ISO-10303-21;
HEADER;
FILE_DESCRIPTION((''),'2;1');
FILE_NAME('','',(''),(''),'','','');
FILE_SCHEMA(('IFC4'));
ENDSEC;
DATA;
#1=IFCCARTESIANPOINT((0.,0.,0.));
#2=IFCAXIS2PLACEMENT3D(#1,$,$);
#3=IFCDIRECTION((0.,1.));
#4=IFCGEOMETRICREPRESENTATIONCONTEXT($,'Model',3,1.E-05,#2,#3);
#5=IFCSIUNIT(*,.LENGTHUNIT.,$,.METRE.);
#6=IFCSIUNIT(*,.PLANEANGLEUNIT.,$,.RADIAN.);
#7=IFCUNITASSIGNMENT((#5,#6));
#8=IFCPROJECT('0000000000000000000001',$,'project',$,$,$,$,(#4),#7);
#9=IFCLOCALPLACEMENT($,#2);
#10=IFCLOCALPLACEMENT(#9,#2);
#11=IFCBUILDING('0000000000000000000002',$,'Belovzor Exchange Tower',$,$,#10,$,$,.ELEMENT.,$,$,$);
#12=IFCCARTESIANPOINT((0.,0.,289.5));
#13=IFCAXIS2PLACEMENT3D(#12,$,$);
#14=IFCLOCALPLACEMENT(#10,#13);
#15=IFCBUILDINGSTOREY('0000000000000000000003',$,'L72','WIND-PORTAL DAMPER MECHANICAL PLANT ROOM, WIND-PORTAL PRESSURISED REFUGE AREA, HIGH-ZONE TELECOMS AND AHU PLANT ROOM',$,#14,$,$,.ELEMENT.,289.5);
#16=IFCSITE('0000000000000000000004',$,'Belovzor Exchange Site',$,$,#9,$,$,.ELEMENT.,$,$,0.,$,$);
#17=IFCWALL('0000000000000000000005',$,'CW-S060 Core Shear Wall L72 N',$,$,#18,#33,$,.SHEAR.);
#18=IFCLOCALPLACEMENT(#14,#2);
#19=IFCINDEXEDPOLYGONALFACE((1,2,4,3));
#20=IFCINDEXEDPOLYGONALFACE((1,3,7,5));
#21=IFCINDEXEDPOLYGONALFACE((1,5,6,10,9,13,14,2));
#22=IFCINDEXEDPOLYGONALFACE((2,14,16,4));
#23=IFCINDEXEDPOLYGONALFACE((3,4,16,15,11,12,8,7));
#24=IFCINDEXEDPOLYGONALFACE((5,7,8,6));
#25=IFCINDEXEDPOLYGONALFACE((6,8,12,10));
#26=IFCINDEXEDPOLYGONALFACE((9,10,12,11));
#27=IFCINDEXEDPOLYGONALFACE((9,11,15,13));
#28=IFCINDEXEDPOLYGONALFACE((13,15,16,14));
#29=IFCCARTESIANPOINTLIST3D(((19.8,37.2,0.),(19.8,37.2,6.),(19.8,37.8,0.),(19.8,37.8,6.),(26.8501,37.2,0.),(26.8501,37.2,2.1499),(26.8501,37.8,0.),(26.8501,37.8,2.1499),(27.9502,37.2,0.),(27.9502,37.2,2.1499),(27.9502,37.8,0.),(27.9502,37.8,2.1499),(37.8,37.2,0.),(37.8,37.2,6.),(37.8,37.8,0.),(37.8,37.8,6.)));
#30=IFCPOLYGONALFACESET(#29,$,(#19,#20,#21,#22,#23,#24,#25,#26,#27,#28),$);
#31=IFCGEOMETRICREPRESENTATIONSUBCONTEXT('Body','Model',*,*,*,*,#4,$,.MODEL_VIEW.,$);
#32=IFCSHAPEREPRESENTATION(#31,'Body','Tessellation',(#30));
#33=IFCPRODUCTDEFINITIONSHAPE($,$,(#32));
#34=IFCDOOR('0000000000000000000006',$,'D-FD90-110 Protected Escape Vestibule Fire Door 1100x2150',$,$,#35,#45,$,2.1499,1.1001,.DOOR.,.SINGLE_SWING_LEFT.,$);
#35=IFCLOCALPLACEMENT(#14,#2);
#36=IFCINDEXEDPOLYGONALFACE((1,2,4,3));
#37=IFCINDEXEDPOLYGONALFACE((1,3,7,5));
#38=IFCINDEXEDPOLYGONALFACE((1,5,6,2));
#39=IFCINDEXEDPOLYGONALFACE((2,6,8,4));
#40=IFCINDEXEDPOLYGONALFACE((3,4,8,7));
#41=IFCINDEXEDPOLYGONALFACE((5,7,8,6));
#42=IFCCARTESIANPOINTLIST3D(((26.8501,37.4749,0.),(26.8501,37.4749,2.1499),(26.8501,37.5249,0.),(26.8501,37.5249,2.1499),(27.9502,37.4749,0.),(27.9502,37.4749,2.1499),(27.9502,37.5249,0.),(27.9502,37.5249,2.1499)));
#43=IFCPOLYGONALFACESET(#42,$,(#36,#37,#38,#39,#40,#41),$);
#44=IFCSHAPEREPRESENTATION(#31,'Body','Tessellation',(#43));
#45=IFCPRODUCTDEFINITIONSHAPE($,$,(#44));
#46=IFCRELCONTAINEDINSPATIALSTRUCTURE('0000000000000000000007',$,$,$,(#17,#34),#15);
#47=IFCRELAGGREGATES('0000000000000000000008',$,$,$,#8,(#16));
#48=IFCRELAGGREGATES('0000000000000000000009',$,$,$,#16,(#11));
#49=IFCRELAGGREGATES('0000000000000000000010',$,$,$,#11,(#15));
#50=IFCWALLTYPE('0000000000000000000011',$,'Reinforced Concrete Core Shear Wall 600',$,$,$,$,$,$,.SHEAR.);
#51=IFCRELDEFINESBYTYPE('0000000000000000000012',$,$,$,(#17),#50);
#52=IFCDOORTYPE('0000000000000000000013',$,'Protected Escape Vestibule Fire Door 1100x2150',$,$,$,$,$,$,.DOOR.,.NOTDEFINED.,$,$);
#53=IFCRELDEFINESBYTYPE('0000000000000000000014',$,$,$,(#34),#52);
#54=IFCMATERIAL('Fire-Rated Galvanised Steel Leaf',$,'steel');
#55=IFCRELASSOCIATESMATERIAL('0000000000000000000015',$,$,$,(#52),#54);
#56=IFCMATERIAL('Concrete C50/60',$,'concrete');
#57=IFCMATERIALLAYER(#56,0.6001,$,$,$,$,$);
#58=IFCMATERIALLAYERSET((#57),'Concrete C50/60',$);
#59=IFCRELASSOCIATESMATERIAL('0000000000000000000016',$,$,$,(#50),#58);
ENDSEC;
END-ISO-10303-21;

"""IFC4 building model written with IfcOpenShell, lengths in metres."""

from ifc_helpers import new_model, si_unit, direction, frame, frame_2d, origin, place, context, subcontext, project, spatial, rectangle, extrude, material, layer, layer_set, type_object, element, fill, save


model = new_model("IFC4")

# Units and contexts
model_context = context("Model", 3, precision=1e-05, world=origin(), true_north=direction((0.0, 1.0)))
body_context = subcontext(model_context, "Body", "Model", "MODEL_VIEW")
ifc_project = project(units=[si_unit("LENGTHUNIT", "METRE"), si_unit("PLANEANGLEUNIT", "RADIAN")], contexts=[model_context])

# Site, building, storey
site_placement = place(None, origin())
site = spatial("IfcSite", under=ifc_project, at=site_placement, Name="Belovzor Exchange Site", CompositionType="ELEMENT", RefElevation=0.0)
building_placement = place(site_placement, origin())
building = spatial("IfcBuilding", under=site, at=building_placement, Name="Belovzor Exchange Tower", CompositionType="ELEMENT")
storey_placement = place(building_placement, frame((0.0, 0.0, 289.5)))
storey = spatial("IfcBuildingStorey", under=building, at=storey_placement, Name="L72", Description="WIND-PORTAL DAMPER MECHANICAL PLANT ROOM, WIND-PORTAL PRESSURISED REFUGE AREA, HIGH-ZONE TELECOMS AND AHU PLANT ROOM", CompositionType="ELEMENT", Elevation=289.5)

# Wall, opening, door
ifc_material_1 = material(Name="Fire-Rated Galvanised Steel Leaf", Category="steel")
door_type = type_object("IfcDoorType", Name="Protected Escape Vestibule Fire Door 1100x2150", OperationType="NOTDEFINED", PredefinedType="DOOR", material=ifc_material_1)
ifc_material_2 = material(Name="Concrete C50/60", Category="concrete")
ifc_layer_1 = layer(ifc_material_2, 0.6001)
ifc_layer_set_1 = layer_set([ifc_layer_1], Name="Concrete C50/60")
wall_type_1 = type_object("IfcWallType", Name="Reinforced Concrete Core Shear Wall 600", PredefinedType="SHEAR", material=ifc_layer_set_1)
wall_1_placement = place(storey_placement, frame((19.8, 37.5, 0.0), z_axis=(0.0, 0.0, 1.0), x_axis=(1.0, 0.0, 0.0)))
wall_1 = element("IfcWall", 1, at=wall_1_placement, inside=storey, type_object=wall_type_1, Name="CW-S060 Core Shear Wall L72 N", PredefinedType="SHEAR", context=body_context, shape_type="SweptSolid", body=[
    extrude(rectangle(XDim=18.0, YDim=0.6001, at=frame_2d((9.0, 0.0))), origin(), (0.0, 0.0, 1.0), 6.0),
])
opening_1_placement = place(wall_1_placement, frame((7.05, 0.0, 0.0)))
opening_1 = element("IfcOpeningElement", 2, at=opening_1_placement, cuts=wall_1, PredefinedType="OPENING", context=body_context, shape_type="SweptSolid", body=[
    extrude(rectangle(XDim=1.1001, YDim=2.1499, at=frame_2d((0.55, 1.075))), frame((0.0, 0.3101, 0.0), z_axis=(0.0, -1.0, 0.0), x_axis=(1.0, 0.0, 0.0)), (0.0, 0.0, 1.0), 0.6201),
])
door_1_placement = place(opening_1_placement, origin())
door_1 = element("IfcDoor", 3, at=door_1_placement, inside=storey, type_object=door_type, Name="D-FD90-110 Protected Escape Vestibule Fire Door 1100x2150", OperationType="SINGLE_SWING_LEFT", OverallHeight=2.1499, OverallWidth=1.1001, PredefinedType="DOOR", context=body_context, shape_type="SweptSolid", body=[
    extrude(rectangle(XDim=1.1001, YDim=2.1499, at=frame_2d((0.55, 1.075))), frame((0.0, 0.0249, 0.0), z_axis=(0.0, -1.0, 0.0), x_axis=(1.0, 0.0, 0.0)), (0.0, 0.0, 1.0), 0.05),
])
fill(opening_1, door_1)

save(model, "model.ifc")
